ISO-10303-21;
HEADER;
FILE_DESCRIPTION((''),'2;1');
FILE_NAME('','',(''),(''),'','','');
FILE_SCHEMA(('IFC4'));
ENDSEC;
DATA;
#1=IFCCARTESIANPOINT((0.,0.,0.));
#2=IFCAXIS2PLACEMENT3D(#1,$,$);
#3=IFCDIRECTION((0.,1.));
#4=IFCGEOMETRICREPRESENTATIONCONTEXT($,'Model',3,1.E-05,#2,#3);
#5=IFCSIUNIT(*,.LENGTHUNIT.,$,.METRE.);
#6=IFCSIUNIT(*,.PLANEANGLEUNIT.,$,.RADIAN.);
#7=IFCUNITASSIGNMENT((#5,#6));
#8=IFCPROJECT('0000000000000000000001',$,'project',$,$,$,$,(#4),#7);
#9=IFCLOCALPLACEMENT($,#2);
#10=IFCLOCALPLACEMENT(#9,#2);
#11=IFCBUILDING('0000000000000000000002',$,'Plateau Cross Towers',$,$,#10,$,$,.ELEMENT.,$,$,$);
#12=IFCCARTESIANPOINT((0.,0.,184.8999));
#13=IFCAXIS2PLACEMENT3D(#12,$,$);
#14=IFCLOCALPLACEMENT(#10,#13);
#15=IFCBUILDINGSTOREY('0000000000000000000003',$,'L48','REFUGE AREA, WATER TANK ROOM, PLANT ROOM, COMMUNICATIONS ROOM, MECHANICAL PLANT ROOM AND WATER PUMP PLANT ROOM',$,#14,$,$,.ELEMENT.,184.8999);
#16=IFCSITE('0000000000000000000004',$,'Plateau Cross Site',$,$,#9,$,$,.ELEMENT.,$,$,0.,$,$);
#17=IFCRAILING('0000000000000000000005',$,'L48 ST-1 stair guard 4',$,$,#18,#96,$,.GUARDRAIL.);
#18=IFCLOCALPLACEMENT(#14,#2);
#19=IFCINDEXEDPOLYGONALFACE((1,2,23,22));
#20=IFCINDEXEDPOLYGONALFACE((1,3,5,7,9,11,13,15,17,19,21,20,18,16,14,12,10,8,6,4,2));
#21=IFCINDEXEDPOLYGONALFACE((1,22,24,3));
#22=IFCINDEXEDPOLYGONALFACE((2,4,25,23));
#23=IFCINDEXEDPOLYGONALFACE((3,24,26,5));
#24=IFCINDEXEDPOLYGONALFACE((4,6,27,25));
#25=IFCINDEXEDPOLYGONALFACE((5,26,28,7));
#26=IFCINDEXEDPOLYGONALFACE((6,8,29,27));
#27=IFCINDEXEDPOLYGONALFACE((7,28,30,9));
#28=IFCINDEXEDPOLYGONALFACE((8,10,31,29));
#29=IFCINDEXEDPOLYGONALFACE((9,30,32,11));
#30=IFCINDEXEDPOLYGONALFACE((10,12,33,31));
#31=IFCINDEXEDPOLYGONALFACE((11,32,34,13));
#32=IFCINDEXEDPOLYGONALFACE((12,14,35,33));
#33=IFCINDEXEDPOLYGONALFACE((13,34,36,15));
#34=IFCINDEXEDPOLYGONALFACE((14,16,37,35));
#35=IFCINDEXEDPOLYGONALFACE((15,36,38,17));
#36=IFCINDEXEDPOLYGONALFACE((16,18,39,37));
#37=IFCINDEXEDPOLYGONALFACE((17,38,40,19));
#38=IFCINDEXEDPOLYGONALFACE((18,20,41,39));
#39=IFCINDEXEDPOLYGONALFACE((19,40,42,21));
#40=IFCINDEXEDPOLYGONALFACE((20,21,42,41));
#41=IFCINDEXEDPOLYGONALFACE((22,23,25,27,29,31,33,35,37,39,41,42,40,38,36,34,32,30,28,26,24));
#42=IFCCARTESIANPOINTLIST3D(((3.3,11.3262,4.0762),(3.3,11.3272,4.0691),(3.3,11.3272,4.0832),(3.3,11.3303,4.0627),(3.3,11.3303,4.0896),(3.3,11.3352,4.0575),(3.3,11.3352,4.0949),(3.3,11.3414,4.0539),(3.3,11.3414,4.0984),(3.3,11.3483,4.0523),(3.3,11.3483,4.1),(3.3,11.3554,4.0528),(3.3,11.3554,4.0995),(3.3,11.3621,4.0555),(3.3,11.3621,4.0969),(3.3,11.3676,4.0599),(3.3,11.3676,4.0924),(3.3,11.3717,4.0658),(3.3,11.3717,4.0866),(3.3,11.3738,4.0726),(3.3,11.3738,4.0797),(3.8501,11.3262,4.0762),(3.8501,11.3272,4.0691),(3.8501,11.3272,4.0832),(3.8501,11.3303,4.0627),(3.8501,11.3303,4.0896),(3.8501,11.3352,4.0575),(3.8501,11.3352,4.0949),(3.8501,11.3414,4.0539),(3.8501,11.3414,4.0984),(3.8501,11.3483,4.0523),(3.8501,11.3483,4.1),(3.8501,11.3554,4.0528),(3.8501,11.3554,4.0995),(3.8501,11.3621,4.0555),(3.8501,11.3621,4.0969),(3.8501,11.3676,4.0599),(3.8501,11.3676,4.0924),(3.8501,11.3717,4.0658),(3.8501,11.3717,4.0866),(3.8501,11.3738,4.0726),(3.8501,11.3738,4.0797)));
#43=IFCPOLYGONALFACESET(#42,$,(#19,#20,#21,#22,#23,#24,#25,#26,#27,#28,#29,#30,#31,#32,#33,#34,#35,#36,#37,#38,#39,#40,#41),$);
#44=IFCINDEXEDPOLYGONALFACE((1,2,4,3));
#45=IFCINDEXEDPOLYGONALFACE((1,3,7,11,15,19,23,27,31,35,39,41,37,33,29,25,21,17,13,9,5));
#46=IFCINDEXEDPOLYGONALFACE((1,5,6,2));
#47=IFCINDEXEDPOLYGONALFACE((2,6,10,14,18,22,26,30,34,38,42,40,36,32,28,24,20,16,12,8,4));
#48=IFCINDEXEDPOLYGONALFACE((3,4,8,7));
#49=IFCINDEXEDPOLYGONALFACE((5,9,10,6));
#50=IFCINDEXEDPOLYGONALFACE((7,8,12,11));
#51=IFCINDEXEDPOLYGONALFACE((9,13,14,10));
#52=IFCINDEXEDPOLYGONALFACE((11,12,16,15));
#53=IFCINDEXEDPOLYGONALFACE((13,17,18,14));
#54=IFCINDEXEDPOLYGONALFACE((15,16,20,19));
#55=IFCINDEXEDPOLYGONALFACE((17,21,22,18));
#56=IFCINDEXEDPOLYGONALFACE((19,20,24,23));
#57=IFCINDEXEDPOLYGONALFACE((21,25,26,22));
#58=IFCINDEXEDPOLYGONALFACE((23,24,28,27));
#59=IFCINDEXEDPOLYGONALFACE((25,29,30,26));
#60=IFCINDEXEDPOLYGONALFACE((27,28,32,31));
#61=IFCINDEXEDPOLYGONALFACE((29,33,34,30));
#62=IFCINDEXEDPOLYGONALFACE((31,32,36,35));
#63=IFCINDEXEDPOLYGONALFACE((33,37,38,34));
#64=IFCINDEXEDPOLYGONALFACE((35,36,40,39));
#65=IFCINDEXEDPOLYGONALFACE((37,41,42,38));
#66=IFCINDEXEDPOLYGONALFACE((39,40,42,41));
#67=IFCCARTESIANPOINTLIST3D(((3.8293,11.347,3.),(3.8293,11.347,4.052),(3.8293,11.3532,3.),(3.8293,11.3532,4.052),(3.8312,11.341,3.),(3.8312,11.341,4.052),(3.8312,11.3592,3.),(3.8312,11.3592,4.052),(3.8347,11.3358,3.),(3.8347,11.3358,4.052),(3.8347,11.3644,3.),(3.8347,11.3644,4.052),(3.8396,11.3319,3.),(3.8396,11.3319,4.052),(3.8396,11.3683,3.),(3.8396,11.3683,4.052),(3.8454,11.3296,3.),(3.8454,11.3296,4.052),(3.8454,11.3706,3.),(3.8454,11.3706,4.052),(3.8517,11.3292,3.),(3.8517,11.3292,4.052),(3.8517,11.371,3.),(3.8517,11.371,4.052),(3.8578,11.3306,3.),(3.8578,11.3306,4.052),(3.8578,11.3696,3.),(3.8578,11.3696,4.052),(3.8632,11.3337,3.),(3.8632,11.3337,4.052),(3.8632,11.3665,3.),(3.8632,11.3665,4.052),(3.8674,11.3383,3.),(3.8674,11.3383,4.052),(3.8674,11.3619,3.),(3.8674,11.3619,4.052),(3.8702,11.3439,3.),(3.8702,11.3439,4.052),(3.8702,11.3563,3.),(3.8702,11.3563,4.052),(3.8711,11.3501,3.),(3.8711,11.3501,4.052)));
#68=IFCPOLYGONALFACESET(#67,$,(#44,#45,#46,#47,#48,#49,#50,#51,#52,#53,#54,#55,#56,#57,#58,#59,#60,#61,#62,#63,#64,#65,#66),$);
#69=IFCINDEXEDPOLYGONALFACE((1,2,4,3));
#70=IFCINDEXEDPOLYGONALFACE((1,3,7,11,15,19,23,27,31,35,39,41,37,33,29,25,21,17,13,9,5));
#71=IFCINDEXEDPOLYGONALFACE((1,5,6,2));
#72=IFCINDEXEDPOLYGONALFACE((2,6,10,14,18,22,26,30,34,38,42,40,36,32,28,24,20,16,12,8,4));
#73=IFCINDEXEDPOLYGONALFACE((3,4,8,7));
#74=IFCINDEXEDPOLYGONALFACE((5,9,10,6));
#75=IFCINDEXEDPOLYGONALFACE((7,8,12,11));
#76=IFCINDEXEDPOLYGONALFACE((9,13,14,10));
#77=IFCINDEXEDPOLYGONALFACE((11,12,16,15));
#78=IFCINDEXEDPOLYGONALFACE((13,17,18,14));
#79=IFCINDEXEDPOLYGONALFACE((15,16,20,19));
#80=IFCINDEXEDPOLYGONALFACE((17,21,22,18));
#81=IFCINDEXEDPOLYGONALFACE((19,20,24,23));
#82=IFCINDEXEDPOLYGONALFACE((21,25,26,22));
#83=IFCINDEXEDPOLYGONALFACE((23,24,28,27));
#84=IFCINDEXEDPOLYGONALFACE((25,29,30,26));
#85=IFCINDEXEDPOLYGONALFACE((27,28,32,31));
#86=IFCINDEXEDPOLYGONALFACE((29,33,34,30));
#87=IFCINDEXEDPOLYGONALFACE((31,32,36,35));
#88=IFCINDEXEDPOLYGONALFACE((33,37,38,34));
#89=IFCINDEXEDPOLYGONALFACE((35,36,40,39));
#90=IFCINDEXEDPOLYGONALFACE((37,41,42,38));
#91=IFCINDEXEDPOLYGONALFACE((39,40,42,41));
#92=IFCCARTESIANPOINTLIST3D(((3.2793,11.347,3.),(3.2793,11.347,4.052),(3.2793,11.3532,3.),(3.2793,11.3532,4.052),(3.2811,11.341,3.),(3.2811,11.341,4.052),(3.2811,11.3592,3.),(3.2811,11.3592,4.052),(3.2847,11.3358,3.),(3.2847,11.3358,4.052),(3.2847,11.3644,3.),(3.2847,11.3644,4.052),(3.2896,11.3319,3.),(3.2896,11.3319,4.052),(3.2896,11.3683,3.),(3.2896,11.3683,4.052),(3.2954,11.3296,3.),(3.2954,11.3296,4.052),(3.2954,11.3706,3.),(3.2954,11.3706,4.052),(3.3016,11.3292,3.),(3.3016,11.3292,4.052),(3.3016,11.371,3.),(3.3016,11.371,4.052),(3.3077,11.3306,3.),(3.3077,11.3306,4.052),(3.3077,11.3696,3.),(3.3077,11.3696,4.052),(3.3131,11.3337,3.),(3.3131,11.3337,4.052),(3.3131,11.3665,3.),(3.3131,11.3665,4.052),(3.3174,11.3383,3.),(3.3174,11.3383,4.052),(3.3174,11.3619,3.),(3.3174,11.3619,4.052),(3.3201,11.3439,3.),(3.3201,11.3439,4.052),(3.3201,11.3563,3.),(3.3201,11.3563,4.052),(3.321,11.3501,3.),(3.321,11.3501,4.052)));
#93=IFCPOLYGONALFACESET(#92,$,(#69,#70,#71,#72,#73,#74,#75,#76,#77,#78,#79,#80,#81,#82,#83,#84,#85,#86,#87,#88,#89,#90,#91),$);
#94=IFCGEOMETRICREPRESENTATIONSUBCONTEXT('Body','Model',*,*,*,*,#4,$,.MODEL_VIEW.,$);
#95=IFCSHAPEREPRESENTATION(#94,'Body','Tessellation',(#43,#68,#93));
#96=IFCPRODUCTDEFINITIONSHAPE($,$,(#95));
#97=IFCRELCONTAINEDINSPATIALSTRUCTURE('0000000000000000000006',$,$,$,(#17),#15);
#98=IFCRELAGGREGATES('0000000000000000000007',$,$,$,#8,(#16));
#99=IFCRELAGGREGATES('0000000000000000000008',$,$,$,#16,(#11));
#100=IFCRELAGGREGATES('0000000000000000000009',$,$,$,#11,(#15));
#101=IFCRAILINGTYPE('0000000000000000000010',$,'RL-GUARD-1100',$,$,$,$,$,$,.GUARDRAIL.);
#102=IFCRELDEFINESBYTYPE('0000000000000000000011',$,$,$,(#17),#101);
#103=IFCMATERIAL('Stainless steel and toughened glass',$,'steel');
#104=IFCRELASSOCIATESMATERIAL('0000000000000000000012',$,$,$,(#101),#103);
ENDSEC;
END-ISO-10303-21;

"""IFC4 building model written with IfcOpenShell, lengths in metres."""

from ifc_helpers import new_model, si_unit, direction, frame, origin, origin_2d, place, context, subcontext, project, spatial, circle, extrude, material, type_object, element, save


model = new_model("IFC4")

# Units and contexts
model_context = context("Model", 3, precision=1e-05, world=origin(), true_north=direction((0.0, 1.0)))
body_context = subcontext(model_context, "Body", "Model", "MODEL_VIEW")
ifc_project = project(units=[si_unit("LENGTHUNIT", "METRE"), si_unit("PLANEANGLEUNIT", "RADIAN")], contexts=[model_context])

# Site, building, storey
site_placement = place(None, origin())
site = spatial("IfcSite", under=ifc_project, at=site_placement, Name="Plateau Cross Site", CompositionType="ELEMENT", RefElevation=0.0)
building_placement = place(site_placement, origin())
building = spatial("IfcBuilding", under=site, at=building_placement, Name="Plateau Cross Towers", CompositionType="ELEMENT")
storey_placement = place(building_placement, frame((0.0, 0.0, 184.8999)))
storey = spatial("IfcBuildingStorey", under=building, at=storey_placement, Name="L48", Description="REFUGE AREA, WATER TANK ROOM, PLANT ROOM, COMMUNICATIONS ROOM, MECHANICAL PLANT ROOM AND WATER PUMP PLANT ROOM", CompositionType="ELEMENT", Elevation=184.8999)

# Railing
ifc_material_1 = material(Name="Stainless steel and toughened glass", Category="steel")
railing_type = type_object("IfcRailingType", Name="RL-GUARD-1100", PredefinedType="GUARDRAIL", material=ifc_material_1)
railing_1_placement = place(storey_placement, frame((3.8501, 11.3501, 3.0)))
element("IfcRailing", 1, at=railing_1_placement, inside=storey, type_object=railing_type, Name="L48 ST-1 stair guard 4", PredefinedType="GUARDRAIL", context=body_context, shape_type="SweptSolid", body=[
    extrude(circle(Radius=0.0239, at=origin_2d()), frame((0.0, 0.0, 1.0762), z_axis=(-1.0, 0.0, 0.0), x_axis=(0.0, -1.0, 0.0)), (0.0, 0.0, 1.0), 0.55),
    extrude(circle(Radius=0.021, at=origin_2d()), origin(), (0.0, 0.0, 1.0), 1.052),
    extrude(circle(Radius=0.021, at=origin_2d()), frame((-0.55, 0.0, 0.0)), (0.0, 0.0, 1.0), 1.052),
])

save(model, "model.ifc")
